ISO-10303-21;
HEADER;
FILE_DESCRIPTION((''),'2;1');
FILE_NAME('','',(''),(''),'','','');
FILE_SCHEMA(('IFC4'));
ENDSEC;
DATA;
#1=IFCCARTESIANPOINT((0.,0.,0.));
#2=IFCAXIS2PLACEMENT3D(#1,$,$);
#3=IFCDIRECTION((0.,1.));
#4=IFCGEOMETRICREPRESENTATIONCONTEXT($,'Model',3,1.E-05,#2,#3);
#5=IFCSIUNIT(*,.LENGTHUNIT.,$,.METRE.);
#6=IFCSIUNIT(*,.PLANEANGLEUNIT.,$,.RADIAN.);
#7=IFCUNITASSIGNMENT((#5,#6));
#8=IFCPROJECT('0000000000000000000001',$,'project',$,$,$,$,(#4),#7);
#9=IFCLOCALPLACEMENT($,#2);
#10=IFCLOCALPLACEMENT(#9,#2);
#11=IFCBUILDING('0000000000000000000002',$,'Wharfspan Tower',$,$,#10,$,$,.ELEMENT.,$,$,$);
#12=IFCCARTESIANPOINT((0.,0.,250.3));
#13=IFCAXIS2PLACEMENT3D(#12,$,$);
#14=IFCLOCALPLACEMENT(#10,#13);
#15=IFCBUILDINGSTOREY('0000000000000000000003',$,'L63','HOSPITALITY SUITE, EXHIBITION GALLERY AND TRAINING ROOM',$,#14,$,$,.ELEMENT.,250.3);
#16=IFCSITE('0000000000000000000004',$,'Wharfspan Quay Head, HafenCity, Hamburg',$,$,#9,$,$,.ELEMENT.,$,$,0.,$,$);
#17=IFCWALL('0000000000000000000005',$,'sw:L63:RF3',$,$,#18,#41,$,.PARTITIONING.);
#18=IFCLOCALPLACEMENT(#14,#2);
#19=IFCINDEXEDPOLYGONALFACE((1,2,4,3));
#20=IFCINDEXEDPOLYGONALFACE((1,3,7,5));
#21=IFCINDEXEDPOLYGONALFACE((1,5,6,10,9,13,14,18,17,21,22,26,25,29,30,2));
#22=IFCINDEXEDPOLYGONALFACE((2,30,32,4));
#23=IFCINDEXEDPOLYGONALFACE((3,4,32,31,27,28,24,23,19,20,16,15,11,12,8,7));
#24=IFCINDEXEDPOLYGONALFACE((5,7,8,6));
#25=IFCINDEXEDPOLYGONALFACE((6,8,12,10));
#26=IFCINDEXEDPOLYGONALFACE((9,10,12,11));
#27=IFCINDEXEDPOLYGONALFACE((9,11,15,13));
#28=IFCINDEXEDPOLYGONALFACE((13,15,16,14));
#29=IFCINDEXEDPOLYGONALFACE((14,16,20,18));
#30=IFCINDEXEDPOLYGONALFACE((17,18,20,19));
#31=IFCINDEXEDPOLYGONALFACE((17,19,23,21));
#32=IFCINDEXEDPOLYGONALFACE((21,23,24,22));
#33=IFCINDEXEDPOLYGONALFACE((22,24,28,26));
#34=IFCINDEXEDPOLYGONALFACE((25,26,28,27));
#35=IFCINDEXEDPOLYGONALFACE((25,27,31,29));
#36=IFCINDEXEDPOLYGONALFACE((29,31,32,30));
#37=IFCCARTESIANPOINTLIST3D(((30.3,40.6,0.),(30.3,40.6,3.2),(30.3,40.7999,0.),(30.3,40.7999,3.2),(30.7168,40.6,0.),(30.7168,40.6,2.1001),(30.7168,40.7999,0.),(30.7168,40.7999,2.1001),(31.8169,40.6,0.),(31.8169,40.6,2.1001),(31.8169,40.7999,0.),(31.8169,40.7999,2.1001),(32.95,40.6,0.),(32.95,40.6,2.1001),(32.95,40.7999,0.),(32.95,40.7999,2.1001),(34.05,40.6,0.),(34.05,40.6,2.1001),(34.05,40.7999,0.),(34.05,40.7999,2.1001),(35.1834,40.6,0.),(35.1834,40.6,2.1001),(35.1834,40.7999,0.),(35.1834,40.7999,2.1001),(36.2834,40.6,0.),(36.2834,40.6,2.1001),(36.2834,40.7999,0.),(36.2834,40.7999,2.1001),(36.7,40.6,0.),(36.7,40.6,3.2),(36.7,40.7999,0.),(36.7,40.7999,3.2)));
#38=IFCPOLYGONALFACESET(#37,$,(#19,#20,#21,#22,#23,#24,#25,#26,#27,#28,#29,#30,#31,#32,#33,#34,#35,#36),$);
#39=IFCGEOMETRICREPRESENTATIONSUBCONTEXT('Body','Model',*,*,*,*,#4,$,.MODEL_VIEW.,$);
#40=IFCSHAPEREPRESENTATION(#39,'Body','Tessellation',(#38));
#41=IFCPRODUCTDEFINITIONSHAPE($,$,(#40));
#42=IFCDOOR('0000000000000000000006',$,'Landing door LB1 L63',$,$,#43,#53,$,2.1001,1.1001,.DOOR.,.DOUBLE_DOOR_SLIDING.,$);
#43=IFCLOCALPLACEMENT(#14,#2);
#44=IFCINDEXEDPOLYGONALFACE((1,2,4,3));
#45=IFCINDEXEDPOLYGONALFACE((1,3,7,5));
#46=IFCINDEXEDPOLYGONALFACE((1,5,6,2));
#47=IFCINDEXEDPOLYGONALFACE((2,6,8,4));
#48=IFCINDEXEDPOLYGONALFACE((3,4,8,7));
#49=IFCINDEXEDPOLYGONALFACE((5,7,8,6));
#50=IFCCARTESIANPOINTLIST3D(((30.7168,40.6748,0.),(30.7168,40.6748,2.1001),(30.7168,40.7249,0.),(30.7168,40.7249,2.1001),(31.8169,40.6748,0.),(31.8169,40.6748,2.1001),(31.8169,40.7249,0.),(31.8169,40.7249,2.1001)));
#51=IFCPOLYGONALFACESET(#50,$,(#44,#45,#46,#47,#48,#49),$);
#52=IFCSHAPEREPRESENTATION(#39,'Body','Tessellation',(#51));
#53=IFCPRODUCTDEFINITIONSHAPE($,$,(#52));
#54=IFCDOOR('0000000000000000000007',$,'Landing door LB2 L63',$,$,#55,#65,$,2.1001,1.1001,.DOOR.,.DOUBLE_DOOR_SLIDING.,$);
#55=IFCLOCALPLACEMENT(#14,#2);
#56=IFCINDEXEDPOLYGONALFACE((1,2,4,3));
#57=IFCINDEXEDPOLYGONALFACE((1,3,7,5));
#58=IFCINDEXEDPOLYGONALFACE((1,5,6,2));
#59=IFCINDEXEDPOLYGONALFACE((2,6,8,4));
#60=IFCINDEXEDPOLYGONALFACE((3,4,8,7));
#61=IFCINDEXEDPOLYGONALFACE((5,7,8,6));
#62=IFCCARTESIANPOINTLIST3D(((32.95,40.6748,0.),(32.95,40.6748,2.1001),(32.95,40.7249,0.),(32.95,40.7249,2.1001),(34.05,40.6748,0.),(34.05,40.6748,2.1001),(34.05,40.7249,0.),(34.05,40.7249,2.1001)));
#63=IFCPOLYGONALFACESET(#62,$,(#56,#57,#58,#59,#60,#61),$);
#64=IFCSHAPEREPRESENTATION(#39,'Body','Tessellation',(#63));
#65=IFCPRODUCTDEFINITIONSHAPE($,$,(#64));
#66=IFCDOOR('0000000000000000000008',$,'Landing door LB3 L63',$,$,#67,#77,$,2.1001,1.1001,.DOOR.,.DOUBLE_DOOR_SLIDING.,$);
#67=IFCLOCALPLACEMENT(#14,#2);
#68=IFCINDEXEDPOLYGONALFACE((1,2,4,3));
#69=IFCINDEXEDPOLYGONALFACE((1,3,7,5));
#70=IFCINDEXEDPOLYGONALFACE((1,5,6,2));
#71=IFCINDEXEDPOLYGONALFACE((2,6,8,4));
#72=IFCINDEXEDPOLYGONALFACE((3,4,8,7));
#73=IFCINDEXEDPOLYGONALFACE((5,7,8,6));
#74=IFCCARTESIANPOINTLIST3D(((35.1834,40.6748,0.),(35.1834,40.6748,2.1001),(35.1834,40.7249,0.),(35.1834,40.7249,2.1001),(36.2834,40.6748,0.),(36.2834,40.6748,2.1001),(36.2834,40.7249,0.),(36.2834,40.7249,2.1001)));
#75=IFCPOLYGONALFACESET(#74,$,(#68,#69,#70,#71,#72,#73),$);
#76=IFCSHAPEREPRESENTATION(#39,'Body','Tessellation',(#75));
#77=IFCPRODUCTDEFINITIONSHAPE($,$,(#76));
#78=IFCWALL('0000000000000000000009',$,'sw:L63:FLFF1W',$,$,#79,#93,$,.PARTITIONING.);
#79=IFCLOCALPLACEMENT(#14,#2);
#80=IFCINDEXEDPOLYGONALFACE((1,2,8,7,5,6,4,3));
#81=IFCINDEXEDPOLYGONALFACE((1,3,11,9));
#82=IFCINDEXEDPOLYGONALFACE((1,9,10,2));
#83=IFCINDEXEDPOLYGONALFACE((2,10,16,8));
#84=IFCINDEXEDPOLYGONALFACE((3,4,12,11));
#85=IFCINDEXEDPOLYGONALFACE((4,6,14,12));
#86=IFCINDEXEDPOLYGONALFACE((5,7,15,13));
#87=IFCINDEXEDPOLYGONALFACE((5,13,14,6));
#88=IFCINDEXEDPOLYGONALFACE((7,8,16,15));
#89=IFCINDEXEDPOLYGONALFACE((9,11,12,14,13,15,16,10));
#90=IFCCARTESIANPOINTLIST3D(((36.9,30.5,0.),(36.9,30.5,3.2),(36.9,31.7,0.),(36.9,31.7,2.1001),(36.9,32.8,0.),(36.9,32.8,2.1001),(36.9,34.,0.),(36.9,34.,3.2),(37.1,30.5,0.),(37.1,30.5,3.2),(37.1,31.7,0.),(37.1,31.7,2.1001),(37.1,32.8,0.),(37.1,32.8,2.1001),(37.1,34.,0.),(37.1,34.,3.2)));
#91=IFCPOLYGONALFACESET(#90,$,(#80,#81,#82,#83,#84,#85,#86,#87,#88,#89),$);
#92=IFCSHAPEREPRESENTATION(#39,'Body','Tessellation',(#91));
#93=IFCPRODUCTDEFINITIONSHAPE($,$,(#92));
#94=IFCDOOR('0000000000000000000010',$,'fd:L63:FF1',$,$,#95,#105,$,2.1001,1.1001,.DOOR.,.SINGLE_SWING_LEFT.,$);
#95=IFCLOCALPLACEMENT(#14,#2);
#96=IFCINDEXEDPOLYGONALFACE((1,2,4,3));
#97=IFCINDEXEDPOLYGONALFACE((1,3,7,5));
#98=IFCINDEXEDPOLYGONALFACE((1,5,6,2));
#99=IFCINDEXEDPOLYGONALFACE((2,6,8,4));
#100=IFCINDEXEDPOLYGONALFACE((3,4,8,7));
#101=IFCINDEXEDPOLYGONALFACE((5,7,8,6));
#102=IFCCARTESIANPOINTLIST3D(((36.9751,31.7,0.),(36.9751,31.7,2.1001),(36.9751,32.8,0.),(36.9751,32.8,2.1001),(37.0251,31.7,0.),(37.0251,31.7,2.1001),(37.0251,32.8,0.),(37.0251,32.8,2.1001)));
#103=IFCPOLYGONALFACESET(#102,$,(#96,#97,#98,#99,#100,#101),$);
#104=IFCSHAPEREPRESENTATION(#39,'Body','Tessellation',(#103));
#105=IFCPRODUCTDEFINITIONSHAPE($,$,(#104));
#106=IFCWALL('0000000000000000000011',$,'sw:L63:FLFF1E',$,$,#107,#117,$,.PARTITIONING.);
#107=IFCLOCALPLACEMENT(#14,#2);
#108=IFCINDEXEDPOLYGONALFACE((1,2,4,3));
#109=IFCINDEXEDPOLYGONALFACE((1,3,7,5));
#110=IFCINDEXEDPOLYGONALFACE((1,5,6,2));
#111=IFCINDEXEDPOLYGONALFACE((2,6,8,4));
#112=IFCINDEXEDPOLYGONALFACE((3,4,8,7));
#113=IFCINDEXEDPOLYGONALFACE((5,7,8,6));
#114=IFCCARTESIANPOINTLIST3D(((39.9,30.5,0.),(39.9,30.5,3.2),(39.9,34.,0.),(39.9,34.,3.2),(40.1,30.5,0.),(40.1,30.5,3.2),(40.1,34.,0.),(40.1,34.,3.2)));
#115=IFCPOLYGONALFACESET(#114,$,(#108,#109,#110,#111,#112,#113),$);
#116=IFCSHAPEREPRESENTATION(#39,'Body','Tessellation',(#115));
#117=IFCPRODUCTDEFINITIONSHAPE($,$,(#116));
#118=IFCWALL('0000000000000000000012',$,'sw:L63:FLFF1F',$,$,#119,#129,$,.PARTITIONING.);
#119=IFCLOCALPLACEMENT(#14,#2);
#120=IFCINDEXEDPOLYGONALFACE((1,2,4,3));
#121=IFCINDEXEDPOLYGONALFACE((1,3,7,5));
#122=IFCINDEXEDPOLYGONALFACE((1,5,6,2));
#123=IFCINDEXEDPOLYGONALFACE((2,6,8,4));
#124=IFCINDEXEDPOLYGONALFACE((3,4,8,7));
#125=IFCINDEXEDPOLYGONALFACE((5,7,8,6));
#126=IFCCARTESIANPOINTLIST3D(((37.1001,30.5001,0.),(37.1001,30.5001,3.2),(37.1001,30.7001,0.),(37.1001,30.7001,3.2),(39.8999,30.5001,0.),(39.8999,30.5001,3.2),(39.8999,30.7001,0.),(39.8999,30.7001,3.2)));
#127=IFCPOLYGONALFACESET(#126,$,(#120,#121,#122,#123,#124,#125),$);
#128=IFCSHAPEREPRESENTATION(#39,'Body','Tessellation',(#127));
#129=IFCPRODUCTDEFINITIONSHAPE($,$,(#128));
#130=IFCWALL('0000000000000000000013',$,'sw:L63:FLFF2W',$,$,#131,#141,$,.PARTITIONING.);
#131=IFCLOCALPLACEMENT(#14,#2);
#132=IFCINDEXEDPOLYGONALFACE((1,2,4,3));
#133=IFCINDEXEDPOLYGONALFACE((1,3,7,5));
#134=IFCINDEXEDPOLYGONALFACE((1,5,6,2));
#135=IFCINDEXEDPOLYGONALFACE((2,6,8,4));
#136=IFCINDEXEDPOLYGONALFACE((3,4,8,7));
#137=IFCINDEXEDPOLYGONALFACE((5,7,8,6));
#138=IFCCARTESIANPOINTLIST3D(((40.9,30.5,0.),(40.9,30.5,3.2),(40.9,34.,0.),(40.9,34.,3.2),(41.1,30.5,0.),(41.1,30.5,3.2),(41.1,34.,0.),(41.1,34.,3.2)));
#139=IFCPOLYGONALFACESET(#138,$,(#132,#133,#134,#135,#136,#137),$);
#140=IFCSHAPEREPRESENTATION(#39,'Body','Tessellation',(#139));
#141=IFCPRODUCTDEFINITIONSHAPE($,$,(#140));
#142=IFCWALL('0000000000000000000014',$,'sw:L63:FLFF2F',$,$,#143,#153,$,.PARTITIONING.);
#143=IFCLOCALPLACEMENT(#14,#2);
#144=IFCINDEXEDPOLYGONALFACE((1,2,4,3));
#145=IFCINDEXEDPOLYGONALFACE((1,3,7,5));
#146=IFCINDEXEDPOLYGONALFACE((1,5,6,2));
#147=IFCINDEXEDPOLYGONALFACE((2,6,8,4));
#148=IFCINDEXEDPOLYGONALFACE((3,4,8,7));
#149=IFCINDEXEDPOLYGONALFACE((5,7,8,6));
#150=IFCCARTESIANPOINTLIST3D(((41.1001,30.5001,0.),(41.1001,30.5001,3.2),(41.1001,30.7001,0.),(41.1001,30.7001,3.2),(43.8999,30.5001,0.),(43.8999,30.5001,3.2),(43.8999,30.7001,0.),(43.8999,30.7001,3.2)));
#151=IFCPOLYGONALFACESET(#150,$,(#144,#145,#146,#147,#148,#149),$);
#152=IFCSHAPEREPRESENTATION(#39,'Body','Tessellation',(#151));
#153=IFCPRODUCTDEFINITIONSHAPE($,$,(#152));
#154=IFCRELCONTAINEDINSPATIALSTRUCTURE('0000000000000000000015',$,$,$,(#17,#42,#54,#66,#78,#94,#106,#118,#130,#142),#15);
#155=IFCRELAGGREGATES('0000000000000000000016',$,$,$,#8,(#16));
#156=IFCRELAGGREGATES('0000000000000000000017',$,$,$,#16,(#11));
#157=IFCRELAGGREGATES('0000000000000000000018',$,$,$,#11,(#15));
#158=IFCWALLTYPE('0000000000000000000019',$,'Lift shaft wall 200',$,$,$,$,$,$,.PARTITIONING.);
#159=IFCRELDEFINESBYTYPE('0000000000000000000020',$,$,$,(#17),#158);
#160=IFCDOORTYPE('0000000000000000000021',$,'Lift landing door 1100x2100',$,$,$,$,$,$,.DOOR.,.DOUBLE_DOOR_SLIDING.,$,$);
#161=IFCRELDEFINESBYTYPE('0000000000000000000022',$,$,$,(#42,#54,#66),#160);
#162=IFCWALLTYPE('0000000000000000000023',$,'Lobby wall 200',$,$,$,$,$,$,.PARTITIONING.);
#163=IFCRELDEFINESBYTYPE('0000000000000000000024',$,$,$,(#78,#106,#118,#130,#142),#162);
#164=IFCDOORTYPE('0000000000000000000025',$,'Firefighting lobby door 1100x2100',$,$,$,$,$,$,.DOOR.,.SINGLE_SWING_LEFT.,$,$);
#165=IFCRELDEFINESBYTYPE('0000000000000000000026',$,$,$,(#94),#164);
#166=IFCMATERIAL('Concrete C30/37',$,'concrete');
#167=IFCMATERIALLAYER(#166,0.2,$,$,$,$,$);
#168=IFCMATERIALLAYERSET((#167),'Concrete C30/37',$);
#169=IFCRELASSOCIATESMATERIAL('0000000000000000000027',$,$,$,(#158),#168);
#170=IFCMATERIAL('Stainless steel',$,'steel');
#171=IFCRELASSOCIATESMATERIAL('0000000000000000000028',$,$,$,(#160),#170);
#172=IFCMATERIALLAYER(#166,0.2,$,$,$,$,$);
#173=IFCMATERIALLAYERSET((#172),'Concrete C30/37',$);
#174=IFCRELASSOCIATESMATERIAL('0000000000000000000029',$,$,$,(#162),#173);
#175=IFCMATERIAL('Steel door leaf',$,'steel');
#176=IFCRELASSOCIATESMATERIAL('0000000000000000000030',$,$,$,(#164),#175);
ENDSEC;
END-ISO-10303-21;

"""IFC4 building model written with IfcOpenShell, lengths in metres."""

from ifc_helpers import new_model, si_unit, direction, frame, frame_2d, origin, place, context, subcontext, project, spatial, rectangle, extrude, material, layer, layer_set, type_object, element, fill, save


model = new_model("IFC4")

# Units and contexts
model_context = context("Model", 3, precision=1e-05, world=origin(), true_north=direction((0.0, 1.0)))
body_context = subcontext(model_context, "Body", "Model", "MODEL_VIEW")
ifc_project = project(units=[si_unit("LENGTHUNIT", "METRE"), si_unit("PLANEANGLEUNIT", "RADIAN")], contexts=[model_context])

# Site, building, storey
site_placement = place(None, origin())
site = spatial("IfcSite", under=ifc_project, at=site_placement, Name="Wharfspan Quay Head, HafenCity, Hamburg", CompositionType="ELEMENT", RefElevation=0.0)
building_placement = place(site_placement, origin())
building = spatial("IfcBuilding", under=site, at=building_placement, Name="Wharfspan Tower", CompositionType="ELEMENT")
storey_placement = place(building_placement, frame((0.0, 0.0, 250.3)))
storey = spatial("IfcBuildingStorey", under=building, at=storey_placement, Name="L63", Description="HOSPITALITY SUITE, EXHIBITION GALLERY AND TRAINING ROOM", CompositionType="ELEMENT", Elevation=250.3)

# Shared definitions
ifc_material_1 = material(Name="Steel door leaf", Category="steel")

# Wall, openings, doors
ifc_material_2 = material(Name="Concrete C30/37", Category="concrete")
ifc_layer_1 = layer(ifc_material_2, 0.2)
ifc_layer_set_1 = layer_set([ifc_layer_1], Name="Concrete C30/37")
wall_type_1 = type_object("IfcWallType", Name="Lift shaft wall 200", PredefinedType="PARTITIONING", material=ifc_layer_set_1)
wall_1_placement = place(storey_placement, frame((30.3, 40.7, 0.0), z_axis=(0.0, 0.0, 1.0), x_axis=(1.0, 0.0, 0.0)))
wall_1 = element("IfcWall", 1, at=wall_1_placement, inside=storey, type_object=wall_type_1, Name="sw:L63:RF3", PredefinedType="PARTITIONING", context=body_context, shape_type="SweptSolid", body=[
    extrude(rectangle(XDim=6.3999, YDim=0.2, at=frame_2d((3.2, 0.0))), origin(), (0.0, 0.0, 1.0), 3.2),
])
opening_1_placement = place(wall_1_placement, frame((0.4167, 0.0, 0.0)))
opening_1 = element("IfcOpeningElement", 2, at=opening_1_placement, cuts=wall_1, PredefinedType="OPENING", context=body_context, shape_type="SweptSolid", body=[
    extrude(rectangle(XDim=1.1001, YDim=2.1001, at=frame_2d((0.55, 1.05))), frame((0.0, 0.1099, 0.0), z_axis=(0.0, -1.0, 0.0), x_axis=(1.0, 0.0, 0.0)), (0.0, 0.0, 1.0), 0.22),
])
opening_2_placement = place(wall_1_placement, frame((2.6499, 0.0, 0.0)))
opening_2 = element("IfcOpeningElement", 3, at=opening_2_placement, cuts=wall_1, PredefinedType="OPENING", context=body_context, shape_type="SweptSolid", body=[
    extrude(rectangle(XDim=1.1001, YDim=2.1001, at=frame_2d((0.55, 1.05))), frame((0.0, 0.1099, 0.0), z_axis=(0.0, -1.0, 0.0), x_axis=(1.0, 0.0, 0.0)), (0.0, 0.0, 1.0), 0.22),
])
opening_3_placement = place(wall_1_placement, frame((4.8833, 0.0, 0.0)))
opening_3 = element("IfcOpeningElement", 4, at=opening_3_placement, cuts=wall_1, PredefinedType="OPENING", context=body_context, shape_type="SweptSolid", body=[
    extrude(rectangle(XDim=1.1001, YDim=2.1001, at=frame_2d((0.55, 1.05))), frame((0.0, 0.1099, 0.0), z_axis=(0.0, -1.0, 0.0), x_axis=(1.0, 0.0, 0.0)), (0.0, 0.0, 1.0), 0.22),
])
ifc_material_3 = material(Name="Stainless steel", Category="steel")
door_type_1 = type_object("IfcDoorType", Name="Lift landing door 1100x2100", OperationType="DOUBLE_DOOR_SLIDING", PredefinedType="DOOR", material=ifc_material_3)
door_1_placement = place(opening_1_placement, origin())
door_1 = element("IfcDoor", 5, at=door_1_placement, inside=storey, type_object=door_type_1, Name="Landing door LB1 L63", OperationType="DOUBLE_DOOR_SLIDING", OverallHeight=2.1001, OverallWidth=1.1001, PredefinedType="DOOR", context=body_context, shape_type="SweptSolid", body=[
    extrude(rectangle(XDim=1.1001, YDim=2.1001, at=frame_2d((0.55, 1.05))), frame((0.0, 0.0249, 0.0), z_axis=(0.0, -1.0, 0.0), x_axis=(1.0, 0.0, 0.0)), (0.0, 0.0, 1.0), 0.05),
])
fill(opening_1, door_1)
door_2_placement = place(opening_2_placement, origin())
door_2 = element("IfcDoor", 6, at=door_2_placement, inside=storey, type_object=door_type_1, Name="Landing door LB2 L63", OperationType="DOUBLE_DOOR_SLIDING", OverallHeight=2.1001, OverallWidth=1.1001, PredefinedType="DOOR", context=body_context, shape_type="SweptSolid", body=[
    extrude(rectangle(XDim=1.1001, YDim=2.1001, at=frame_2d((0.55, 1.05))), frame((0.0, 0.0249, 0.0), z_axis=(0.0, -1.0, 0.0), x_axis=(1.0, 0.0, 0.0)), (0.0, 0.0, 1.0), 0.05),
])
fill(opening_2, door_2)
door_3_placement = place(opening_3_placement, origin())
door_3 = element("IfcDoor", 7, at=door_3_placement, inside=storey, type_object=door_type_1, Name="Landing door LB3 L63", OperationType="DOUBLE_DOOR_SLIDING", OverallHeight=2.1001, OverallWidth=1.1001, PredefinedType="DOOR", context=body_context, shape_type="SweptSolid", body=[
    extrude(rectangle(XDim=1.1001, YDim=2.1001, at=frame_2d((0.55, 1.05))), frame((0.0, 0.0249, 0.0), z_axis=(0.0, -1.0, 0.0), x_axis=(1.0, 0.0, 0.0)), (0.0, 0.0, 1.0), 0.05),
])
fill(opening_3, door_3)

# Wall, opening, door
ifc_layer_2 = layer(ifc_material_2, 0.2)
ifc_layer_set_2 = layer_set([ifc_layer_2], Name="Concrete C30/37")
wall_type_2 = type_object("IfcWallType", Name="Lobby wall 200", PredefinedType="PARTITIONING", material=ifc_layer_set_2)
wall_2_placement = place(storey_placement, frame((37.0, 30.5, 0.0), z_axis=(0.0, 0.0, 1.0), x_axis=(0.0, 1.0, 0.0)))
wall_2 = element("IfcWall", 8, at=wall_2_placement, inside=storey, type_object=wall_type_2, Name="sw:L63:FLFF1W", PredefinedType="PARTITIONING", context=body_context, shape_type="SweptSolid", body=[
    extrude(rectangle(XDim=3.5, YDim=0.2, at=frame_2d((1.75, 0.0))), origin(), (0.0, 0.0, 1.0), 3.2),
])
opening_4_placement = place(wall_2_placement, frame((1.2, 0.0, 0.0)))
opening_4 = element("IfcOpeningElement", 9, at=opening_4_placement, cuts=wall_2, PredefinedType="OPENING", context=body_context, shape_type="SweptSolid", body=[
    extrude(rectangle(XDim=1.1001, YDim=2.1001, at=frame_2d((0.55, 1.05))), frame((0.0, 0.1099, 0.0), z_axis=(0.0, -1.0, 0.0), x_axis=(1.0, 0.0, 0.0)), (0.0, 0.0, 1.0), 0.22),
])
door_type_2 = type_object("IfcDoorType", Name="Firefighting lobby door 1100x2100", OperationType="SINGLE_SWING_LEFT", PredefinedType="DOOR", material=ifc_material_1)
door_4_placement = place(opening_4_placement, origin())
door_4 = element("IfcDoor", 10, at=door_4_placement, inside=storey, type_object=door_type_2, Name="fd:L63:FF1", OperationType="SINGLE_SWING_LEFT", OverallHeight=2.1001, OverallWidth=1.1001, PredefinedType="DOOR", context=body_context, shape_type="SweptSolid", body=[
    extrude(rectangle(XDim=1.1001, YDim=2.1001, at=frame_2d((0.55, 1.05))), frame((0.0, 0.0249, 0.0), z_axis=(0.0, -1.0, 0.0), x_axis=(1.0, 0.0, 0.0)), (0.0, 0.0, 1.0), 0.05),
])
fill(opening_4, door_4)

# Walls
wall_3_placement = place(storey_placement, frame((40.0, 30.5, 0.0), z_axis=(0.0, 0.0, 1.0), x_axis=(0.0, 1.0, 0.0)))
element("IfcWall", 11, at=wall_3_placement, inside=storey, type_object=wall_type_2, Name="sw:L63:FLFF1E", PredefinedType="PARTITIONING", context=body_context, shape_type="SweptSolid", body=[
    extrude(rectangle(XDim=3.5, YDim=0.2, at=frame_2d((1.75, 0.0))), origin(), (0.0, 0.0, 1.0), 3.2),
])
wall_4_placement = place(storey_placement, frame((37.1001, 30.6001, 0.0), z_axis=(0.0, 0.0, 1.0), x_axis=(1.0, 0.0, 0.0)))
element("IfcWall", 12, at=wall_4_placement, inside=storey, type_object=wall_type_2, Name="sw:L63:FLFF1F", PredefinedType="PARTITIONING", context=body_context, shape_type="SweptSolid", body=[
    extrude(rectangle(XDim=2.7998, YDim=0.2, at=frame_2d((1.3999, 0.0))), origin(), (0.0, 0.0, 1.0), 3.2),
])
wall_5_placement = place(storey_placement, frame((41.0, 30.5, 0.0), z_axis=(0.0, 0.0, 1.0), x_axis=(0.0, 1.0, 0.0)))
element("IfcWall", 13, at=wall_5_placement, inside=storey, type_object=wall_type_2, Name="sw:L63:FLFF2W", PredefinedType="PARTITIONING", context=body_context, shape_type="SweptSolid", body=[
    extrude(rectangle(XDim=3.5, YDim=0.2, at=frame_2d((1.75, 0.0))), origin(), (0.0, 0.0, 1.0), 3.2),
])
wall_6_placement = place(storey_placement, frame((41.1001, 30.6001, 0.0), z_axis=(0.0, 0.0, 1.0), x_axis=(1.0, 0.0, 0.0)))
element("IfcWall", 14, at=wall_6_placement, inside=storey, type_object=wall_type_2, Name="sw:L63:FLFF2F", PredefinedType="PARTITIONING", context=body_context, shape_type="SweptSolid", body=[
    extrude(rectangle(XDim=2.7998, YDim=0.2, at=frame_2d((1.3999, 0.0))), origin(), (0.0, 0.0, 1.0), 3.2),
])

save(model, "model.ifc")
